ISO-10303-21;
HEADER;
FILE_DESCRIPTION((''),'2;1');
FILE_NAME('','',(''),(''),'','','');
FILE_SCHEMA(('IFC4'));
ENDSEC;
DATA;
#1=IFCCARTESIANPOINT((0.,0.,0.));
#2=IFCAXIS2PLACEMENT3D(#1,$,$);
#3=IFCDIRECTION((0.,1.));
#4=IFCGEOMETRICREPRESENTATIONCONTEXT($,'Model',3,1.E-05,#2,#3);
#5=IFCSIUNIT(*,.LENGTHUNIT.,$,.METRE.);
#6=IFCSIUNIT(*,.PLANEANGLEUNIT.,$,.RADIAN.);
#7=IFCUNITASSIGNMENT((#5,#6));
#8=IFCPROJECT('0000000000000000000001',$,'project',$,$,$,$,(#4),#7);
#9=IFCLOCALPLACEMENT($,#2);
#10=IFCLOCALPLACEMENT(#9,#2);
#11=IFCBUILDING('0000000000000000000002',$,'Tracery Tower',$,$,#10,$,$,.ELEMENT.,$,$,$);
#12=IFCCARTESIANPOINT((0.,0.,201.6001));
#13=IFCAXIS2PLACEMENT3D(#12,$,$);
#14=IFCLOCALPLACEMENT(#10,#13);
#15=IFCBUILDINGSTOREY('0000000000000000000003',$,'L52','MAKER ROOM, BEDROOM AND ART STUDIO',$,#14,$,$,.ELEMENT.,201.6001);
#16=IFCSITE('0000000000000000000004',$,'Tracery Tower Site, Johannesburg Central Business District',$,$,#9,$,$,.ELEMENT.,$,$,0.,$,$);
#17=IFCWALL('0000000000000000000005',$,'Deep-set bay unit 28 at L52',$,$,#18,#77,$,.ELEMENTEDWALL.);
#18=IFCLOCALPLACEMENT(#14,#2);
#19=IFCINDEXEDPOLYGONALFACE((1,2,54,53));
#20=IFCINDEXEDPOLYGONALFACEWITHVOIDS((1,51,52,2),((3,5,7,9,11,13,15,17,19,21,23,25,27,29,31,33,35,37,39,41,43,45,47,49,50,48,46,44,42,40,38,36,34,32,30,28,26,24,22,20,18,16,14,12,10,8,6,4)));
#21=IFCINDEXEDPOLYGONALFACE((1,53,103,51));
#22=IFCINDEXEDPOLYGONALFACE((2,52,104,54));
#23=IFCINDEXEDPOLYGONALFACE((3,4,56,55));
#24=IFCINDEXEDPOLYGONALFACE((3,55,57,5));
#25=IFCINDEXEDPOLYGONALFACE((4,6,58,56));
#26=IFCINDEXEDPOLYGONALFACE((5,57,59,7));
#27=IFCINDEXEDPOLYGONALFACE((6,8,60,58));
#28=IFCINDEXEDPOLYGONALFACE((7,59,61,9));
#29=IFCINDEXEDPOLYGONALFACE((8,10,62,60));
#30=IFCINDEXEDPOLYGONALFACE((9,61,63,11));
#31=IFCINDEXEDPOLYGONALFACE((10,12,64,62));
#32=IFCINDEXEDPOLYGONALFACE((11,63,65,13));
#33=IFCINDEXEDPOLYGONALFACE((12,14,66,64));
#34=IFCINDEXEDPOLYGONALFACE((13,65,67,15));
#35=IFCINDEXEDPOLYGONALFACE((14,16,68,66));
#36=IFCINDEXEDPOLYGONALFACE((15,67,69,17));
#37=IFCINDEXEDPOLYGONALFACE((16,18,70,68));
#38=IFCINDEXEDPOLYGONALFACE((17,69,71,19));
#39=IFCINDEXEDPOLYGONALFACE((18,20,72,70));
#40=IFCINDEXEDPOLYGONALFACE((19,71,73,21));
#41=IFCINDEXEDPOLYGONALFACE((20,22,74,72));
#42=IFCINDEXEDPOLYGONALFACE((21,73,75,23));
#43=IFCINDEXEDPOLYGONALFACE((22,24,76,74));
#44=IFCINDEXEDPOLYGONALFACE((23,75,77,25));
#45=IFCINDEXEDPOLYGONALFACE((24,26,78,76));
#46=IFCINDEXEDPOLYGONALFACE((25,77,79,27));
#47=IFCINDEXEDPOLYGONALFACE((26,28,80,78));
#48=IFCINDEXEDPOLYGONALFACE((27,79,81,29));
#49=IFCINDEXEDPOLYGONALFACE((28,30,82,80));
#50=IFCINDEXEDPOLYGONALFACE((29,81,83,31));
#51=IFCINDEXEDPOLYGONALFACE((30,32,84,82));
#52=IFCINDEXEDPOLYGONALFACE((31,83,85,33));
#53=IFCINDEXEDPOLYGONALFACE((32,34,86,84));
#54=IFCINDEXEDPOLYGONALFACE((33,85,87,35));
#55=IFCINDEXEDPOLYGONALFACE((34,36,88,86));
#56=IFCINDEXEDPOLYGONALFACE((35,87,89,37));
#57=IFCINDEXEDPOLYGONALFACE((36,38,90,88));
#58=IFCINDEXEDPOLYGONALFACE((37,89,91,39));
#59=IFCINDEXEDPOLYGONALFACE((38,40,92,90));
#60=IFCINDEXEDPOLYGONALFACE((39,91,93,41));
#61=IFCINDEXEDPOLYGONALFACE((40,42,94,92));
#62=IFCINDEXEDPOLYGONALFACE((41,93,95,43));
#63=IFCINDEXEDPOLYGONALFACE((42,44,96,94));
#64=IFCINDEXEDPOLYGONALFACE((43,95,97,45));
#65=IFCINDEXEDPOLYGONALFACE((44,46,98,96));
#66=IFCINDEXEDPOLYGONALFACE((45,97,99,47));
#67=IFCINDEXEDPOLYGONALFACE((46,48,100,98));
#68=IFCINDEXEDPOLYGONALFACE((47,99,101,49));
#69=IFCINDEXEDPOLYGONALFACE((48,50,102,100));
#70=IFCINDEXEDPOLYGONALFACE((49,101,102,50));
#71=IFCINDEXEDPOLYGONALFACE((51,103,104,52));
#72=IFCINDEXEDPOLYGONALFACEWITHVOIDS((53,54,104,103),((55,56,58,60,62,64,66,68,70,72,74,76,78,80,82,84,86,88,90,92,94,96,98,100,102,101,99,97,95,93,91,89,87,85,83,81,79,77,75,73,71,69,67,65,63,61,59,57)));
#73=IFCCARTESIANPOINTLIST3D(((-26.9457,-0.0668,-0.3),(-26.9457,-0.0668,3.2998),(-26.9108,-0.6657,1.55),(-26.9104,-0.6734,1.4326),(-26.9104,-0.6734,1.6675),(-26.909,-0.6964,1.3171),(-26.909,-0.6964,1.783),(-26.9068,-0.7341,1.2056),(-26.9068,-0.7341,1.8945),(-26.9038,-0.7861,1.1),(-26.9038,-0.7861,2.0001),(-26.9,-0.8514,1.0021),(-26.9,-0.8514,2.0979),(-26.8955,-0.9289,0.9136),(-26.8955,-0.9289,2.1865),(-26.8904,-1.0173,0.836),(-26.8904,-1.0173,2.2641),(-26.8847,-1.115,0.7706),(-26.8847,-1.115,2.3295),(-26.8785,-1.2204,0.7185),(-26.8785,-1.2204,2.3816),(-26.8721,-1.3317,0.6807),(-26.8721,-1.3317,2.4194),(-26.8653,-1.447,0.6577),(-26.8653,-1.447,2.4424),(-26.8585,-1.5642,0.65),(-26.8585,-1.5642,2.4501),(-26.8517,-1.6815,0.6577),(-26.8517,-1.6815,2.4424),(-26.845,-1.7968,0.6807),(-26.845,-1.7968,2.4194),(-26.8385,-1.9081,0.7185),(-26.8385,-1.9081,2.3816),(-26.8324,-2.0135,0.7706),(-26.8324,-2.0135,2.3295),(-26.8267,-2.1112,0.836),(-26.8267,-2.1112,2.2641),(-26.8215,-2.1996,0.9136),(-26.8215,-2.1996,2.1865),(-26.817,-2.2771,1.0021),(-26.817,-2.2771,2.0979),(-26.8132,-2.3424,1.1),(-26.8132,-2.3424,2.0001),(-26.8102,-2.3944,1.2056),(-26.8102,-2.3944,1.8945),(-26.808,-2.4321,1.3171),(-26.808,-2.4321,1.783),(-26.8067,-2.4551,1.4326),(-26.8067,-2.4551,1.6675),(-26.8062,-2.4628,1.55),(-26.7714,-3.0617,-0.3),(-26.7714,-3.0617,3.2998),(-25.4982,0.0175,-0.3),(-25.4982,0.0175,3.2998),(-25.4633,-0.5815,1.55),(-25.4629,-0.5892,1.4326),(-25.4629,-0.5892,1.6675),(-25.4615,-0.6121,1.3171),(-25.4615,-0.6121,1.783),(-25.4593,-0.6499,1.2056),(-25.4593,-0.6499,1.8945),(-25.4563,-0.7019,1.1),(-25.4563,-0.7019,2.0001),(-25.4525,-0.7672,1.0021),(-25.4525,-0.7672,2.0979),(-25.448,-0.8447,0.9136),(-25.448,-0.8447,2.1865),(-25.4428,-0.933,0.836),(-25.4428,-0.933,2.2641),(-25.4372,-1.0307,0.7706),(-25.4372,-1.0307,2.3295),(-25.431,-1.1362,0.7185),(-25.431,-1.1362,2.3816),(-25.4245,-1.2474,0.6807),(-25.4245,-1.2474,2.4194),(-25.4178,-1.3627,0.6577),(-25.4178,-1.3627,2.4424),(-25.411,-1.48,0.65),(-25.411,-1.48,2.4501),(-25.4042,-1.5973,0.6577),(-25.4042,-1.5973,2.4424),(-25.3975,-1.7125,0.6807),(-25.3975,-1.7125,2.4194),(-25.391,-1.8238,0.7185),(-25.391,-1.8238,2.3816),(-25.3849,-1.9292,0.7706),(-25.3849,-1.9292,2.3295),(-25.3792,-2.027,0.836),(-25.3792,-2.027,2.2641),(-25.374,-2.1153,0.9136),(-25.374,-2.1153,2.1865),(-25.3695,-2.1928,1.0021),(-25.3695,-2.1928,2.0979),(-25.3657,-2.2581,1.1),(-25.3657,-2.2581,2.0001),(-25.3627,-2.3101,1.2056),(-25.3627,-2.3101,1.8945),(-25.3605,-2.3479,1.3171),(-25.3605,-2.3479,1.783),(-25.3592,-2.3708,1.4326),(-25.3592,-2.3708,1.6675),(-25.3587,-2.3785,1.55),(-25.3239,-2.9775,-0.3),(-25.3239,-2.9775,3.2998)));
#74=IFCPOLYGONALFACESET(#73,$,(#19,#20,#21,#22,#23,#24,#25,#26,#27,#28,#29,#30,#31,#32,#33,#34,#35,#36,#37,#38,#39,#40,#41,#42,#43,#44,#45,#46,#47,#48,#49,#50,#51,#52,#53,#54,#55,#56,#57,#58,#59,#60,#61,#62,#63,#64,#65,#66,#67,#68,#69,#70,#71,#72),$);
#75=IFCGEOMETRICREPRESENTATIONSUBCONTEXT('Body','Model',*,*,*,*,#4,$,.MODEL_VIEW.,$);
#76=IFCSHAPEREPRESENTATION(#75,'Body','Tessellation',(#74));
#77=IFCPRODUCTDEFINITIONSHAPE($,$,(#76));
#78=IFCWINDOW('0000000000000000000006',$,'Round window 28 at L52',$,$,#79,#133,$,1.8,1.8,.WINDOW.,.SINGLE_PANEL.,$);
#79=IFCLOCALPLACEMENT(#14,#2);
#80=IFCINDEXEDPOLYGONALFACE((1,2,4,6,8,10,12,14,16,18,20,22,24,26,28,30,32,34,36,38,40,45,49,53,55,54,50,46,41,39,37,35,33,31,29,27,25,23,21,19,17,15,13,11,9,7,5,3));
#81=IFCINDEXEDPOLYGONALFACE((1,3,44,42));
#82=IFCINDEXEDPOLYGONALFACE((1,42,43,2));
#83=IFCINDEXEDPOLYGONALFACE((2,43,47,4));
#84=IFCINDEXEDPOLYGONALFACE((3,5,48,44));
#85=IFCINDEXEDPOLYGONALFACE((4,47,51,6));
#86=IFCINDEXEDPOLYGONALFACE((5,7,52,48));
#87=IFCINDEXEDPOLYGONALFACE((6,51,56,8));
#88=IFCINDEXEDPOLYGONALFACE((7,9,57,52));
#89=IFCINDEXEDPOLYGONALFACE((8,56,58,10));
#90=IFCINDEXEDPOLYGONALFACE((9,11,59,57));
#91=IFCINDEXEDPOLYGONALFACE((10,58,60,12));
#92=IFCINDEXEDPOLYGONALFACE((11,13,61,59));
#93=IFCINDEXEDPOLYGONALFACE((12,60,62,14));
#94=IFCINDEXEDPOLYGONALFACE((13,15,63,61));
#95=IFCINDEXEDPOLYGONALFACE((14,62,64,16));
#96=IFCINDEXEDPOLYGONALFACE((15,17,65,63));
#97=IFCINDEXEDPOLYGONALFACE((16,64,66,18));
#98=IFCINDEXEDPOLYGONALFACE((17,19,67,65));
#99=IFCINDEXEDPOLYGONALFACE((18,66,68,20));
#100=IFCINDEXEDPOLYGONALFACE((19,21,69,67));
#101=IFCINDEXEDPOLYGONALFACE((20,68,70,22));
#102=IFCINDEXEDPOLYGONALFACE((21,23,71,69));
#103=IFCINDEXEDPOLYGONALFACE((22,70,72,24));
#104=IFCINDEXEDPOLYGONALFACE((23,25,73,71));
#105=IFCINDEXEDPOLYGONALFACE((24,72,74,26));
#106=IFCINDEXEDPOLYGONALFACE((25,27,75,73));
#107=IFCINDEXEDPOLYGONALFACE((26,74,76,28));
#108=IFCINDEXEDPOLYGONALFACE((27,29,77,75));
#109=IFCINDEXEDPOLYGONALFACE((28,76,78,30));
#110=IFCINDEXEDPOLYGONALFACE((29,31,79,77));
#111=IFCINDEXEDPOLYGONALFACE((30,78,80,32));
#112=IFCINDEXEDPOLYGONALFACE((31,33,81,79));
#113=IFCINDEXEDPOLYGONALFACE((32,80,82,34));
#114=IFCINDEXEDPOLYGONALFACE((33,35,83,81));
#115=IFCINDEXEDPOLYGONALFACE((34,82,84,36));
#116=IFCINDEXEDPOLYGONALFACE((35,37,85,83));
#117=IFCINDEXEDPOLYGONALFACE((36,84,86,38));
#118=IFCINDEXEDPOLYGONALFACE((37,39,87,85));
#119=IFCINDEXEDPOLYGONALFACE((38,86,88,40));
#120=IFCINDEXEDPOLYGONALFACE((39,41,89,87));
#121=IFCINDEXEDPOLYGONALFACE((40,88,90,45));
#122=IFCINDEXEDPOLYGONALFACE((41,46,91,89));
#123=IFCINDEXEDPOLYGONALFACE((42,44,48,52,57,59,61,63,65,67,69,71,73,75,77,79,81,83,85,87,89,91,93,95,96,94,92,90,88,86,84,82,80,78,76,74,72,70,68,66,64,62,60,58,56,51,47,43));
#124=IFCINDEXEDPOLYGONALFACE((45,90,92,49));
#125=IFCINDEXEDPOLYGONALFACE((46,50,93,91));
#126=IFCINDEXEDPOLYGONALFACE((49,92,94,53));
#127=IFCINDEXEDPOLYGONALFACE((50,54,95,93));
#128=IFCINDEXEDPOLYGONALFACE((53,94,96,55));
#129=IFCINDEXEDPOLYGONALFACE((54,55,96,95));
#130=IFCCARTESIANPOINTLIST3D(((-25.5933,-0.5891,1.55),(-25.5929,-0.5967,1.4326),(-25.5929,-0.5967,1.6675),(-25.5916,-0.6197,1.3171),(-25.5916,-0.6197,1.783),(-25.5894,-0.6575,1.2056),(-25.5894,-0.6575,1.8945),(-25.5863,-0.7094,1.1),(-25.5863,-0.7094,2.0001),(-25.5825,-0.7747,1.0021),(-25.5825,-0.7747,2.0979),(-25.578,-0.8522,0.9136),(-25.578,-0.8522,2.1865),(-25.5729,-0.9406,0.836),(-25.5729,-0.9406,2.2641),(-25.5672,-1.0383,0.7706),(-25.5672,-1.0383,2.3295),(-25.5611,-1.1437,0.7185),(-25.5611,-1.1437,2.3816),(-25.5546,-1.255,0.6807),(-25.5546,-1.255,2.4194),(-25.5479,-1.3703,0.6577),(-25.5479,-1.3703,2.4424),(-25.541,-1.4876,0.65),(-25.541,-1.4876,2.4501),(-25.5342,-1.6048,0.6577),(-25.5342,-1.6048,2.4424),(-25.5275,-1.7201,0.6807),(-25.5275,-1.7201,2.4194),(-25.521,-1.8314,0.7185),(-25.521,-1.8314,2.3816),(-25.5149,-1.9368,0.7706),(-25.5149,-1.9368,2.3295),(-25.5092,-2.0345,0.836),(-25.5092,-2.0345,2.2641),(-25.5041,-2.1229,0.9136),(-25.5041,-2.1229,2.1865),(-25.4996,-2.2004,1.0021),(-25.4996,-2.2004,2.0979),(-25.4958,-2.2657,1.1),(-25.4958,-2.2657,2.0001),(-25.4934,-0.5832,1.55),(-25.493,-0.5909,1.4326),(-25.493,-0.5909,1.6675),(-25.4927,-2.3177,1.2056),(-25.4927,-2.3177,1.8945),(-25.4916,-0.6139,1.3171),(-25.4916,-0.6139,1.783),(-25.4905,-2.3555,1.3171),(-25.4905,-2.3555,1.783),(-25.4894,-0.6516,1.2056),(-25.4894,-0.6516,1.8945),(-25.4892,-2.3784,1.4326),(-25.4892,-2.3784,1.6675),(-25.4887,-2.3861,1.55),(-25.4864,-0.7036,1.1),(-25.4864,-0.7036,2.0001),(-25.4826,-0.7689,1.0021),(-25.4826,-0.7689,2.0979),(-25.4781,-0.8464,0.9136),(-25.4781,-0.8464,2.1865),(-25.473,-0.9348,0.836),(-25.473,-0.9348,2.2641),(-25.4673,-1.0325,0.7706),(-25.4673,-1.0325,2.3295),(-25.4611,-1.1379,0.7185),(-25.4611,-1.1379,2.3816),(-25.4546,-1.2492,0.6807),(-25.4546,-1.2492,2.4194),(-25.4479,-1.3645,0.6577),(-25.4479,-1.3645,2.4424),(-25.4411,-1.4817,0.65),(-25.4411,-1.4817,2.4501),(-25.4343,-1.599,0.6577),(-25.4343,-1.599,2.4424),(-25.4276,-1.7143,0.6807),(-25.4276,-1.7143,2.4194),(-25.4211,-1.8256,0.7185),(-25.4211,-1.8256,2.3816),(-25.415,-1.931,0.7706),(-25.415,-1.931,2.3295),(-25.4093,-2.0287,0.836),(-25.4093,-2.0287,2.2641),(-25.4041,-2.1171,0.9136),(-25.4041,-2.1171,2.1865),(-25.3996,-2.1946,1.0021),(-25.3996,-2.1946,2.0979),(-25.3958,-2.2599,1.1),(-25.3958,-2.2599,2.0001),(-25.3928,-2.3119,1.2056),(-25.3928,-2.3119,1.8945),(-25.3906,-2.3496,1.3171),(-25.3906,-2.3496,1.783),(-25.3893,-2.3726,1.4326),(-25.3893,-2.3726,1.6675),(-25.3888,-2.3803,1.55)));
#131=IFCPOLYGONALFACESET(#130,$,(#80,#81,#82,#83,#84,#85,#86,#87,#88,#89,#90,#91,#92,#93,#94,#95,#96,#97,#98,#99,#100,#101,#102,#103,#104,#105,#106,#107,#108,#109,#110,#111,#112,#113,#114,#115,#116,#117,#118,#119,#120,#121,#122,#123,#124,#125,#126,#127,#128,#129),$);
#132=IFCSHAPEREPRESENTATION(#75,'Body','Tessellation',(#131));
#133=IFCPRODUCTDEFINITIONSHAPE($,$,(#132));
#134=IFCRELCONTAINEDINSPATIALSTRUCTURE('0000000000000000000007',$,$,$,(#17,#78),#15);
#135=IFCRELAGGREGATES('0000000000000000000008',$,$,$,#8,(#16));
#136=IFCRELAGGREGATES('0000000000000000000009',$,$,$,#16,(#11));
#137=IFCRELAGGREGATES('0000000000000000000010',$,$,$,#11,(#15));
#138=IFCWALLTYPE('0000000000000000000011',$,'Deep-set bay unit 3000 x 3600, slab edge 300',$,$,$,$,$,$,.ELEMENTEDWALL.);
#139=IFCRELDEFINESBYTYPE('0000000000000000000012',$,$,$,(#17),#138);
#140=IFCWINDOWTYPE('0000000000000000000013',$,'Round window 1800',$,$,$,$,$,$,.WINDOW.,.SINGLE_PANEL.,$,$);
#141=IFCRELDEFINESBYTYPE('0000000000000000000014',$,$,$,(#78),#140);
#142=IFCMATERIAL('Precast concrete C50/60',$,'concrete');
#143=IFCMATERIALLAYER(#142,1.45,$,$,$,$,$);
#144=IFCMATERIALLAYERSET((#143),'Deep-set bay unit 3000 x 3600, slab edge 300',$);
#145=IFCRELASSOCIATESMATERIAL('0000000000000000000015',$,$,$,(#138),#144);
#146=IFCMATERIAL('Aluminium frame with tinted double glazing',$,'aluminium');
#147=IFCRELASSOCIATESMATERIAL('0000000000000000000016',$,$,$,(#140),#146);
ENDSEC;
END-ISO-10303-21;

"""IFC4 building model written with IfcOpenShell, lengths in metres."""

from ifc_helpers import new_model, si_unit, direction, frame, frame_2d, origin, origin_2d, place, context, subcontext, project, spatial, rectangle, circle, extrude, material, layer, layer_set, type_object, element, fill, save


model = new_model("IFC4")

# Units and contexts
model_context = context("Model", 3, precision=1e-05, world=origin(), true_north=direction((0.0, 1.0)))
body_context = subcontext(model_context, "Body", "Model", "MODEL_VIEW")
ifc_project = project(units=[si_unit("LENGTHUNIT", "METRE"), si_unit("PLANEANGLEUNIT", "RADIAN")], contexts=[model_context])

# Site, building, storey
site_placement = place(None, origin())
site = spatial("IfcSite", under=ifc_project, at=site_placement, Name="Tracery Tower Site, Johannesburg Central Business District", CompositionType="ELEMENT", RefElevation=0.0)
building_placement = place(site_placement, origin())
building = spatial("IfcBuilding", under=site, at=building_placement, Name="Tracery Tower", CompositionType="ELEMENT")
storey_placement = place(building_placement, frame((0.0, 0.0, 201.6001)))
storey = spatial("IfcBuildingStorey", under=building, at=storey_placement, Name="L52", Description="MAKER ROOM, BEDROOM AND ART STUDIO", CompositionType="ELEMENT", Elevation=201.6001)

# Wall, opening, window
ifc_material_1 = material(Name="Precast concrete C50/60", Category="concrete")
ifc_layer_1 = layer(ifc_material_1, 1.45)
ifc_layer_set_1 = layer_set([ifc_layer_1], Name="Deep-set bay unit 3000 x 3600, slab edge 300")
wall_type_1 = type_object("IfcWallType", Name="Deep-set bay unit 3000 x 3600, slab edge 300", PredefinedType="ELEMENTEDWALL", material=ifc_layer_set_1)
wall_1_placement = place(storey_placement, frame((-26.2219, -0.0247, -0.3), z_axis=(0.0, 0.0, 1.0), x_axis=(0.058107, -0.99831, 0.0)))
wall_1 = element("IfcWall", 1, at=wall_1_placement, inside=storey, type_object=wall_type_1, Name="Deep-set bay unit 28 at L52", PredefinedType="ELEMENTEDWALL", context=body_context, shape_type="SweptSolid", body=[
    extrude(rectangle(XDim=3.0, YDim=1.45, at=frame_2d((1.5, 0.0))), origin(), (0.0, 0.0, 1.0), 3.5999),
])
opening_1_placement = place(wall_1_placement, frame((1.5, 0.0, 1.8501)))
opening_1 = element("IfcOpeningElement", 2, at=opening_1_placement, cuts=wall_1, PredefinedType="OPENING", context=body_context, shape_type="SweptSolid", body=[
    extrude(circle(Radius=0.9, at=origin_2d()), frame((0.0, 0.7349, 0.0), z_axis=(0.0, -1.0, 0.0), x_axis=(1.0, 0.0, 0.0)), (0.0, 0.0, 1.0), 1.47),
])
ifc_material_2 = material(Name="Aluminium frame with tinted double glazing", Category="aluminium")
window_type = type_object("IfcWindowType", Name="Round window 1800", PartitioningType="SINGLE_PANEL", PredefinedType="WINDOW", material=ifc_material_2)
window_1_placement = place(opening_1_placement, origin())
window_1 = element("IfcWindow", 3, at=window_1_placement, inside=storey, type_object=window_type, Name="Round window 28 at L52", OverallHeight=1.8, OverallWidth=1.8, PartitioningType="SINGLE_PANEL", PredefinedType="WINDOW", context=body_context, shape_type="SweptSolid", body=[
    extrude(circle(Radius=0.9, at=origin_2d()), frame((0.0, 0.6948, 0.0), z_axis=(0.0, -1.0, 0.0), x_axis=(1.0, 0.0, 0.0)), (0.0, 0.0, 1.0), 0.1001),
])
fill(opening_1, window_1)

save(model, "model.ifc")
